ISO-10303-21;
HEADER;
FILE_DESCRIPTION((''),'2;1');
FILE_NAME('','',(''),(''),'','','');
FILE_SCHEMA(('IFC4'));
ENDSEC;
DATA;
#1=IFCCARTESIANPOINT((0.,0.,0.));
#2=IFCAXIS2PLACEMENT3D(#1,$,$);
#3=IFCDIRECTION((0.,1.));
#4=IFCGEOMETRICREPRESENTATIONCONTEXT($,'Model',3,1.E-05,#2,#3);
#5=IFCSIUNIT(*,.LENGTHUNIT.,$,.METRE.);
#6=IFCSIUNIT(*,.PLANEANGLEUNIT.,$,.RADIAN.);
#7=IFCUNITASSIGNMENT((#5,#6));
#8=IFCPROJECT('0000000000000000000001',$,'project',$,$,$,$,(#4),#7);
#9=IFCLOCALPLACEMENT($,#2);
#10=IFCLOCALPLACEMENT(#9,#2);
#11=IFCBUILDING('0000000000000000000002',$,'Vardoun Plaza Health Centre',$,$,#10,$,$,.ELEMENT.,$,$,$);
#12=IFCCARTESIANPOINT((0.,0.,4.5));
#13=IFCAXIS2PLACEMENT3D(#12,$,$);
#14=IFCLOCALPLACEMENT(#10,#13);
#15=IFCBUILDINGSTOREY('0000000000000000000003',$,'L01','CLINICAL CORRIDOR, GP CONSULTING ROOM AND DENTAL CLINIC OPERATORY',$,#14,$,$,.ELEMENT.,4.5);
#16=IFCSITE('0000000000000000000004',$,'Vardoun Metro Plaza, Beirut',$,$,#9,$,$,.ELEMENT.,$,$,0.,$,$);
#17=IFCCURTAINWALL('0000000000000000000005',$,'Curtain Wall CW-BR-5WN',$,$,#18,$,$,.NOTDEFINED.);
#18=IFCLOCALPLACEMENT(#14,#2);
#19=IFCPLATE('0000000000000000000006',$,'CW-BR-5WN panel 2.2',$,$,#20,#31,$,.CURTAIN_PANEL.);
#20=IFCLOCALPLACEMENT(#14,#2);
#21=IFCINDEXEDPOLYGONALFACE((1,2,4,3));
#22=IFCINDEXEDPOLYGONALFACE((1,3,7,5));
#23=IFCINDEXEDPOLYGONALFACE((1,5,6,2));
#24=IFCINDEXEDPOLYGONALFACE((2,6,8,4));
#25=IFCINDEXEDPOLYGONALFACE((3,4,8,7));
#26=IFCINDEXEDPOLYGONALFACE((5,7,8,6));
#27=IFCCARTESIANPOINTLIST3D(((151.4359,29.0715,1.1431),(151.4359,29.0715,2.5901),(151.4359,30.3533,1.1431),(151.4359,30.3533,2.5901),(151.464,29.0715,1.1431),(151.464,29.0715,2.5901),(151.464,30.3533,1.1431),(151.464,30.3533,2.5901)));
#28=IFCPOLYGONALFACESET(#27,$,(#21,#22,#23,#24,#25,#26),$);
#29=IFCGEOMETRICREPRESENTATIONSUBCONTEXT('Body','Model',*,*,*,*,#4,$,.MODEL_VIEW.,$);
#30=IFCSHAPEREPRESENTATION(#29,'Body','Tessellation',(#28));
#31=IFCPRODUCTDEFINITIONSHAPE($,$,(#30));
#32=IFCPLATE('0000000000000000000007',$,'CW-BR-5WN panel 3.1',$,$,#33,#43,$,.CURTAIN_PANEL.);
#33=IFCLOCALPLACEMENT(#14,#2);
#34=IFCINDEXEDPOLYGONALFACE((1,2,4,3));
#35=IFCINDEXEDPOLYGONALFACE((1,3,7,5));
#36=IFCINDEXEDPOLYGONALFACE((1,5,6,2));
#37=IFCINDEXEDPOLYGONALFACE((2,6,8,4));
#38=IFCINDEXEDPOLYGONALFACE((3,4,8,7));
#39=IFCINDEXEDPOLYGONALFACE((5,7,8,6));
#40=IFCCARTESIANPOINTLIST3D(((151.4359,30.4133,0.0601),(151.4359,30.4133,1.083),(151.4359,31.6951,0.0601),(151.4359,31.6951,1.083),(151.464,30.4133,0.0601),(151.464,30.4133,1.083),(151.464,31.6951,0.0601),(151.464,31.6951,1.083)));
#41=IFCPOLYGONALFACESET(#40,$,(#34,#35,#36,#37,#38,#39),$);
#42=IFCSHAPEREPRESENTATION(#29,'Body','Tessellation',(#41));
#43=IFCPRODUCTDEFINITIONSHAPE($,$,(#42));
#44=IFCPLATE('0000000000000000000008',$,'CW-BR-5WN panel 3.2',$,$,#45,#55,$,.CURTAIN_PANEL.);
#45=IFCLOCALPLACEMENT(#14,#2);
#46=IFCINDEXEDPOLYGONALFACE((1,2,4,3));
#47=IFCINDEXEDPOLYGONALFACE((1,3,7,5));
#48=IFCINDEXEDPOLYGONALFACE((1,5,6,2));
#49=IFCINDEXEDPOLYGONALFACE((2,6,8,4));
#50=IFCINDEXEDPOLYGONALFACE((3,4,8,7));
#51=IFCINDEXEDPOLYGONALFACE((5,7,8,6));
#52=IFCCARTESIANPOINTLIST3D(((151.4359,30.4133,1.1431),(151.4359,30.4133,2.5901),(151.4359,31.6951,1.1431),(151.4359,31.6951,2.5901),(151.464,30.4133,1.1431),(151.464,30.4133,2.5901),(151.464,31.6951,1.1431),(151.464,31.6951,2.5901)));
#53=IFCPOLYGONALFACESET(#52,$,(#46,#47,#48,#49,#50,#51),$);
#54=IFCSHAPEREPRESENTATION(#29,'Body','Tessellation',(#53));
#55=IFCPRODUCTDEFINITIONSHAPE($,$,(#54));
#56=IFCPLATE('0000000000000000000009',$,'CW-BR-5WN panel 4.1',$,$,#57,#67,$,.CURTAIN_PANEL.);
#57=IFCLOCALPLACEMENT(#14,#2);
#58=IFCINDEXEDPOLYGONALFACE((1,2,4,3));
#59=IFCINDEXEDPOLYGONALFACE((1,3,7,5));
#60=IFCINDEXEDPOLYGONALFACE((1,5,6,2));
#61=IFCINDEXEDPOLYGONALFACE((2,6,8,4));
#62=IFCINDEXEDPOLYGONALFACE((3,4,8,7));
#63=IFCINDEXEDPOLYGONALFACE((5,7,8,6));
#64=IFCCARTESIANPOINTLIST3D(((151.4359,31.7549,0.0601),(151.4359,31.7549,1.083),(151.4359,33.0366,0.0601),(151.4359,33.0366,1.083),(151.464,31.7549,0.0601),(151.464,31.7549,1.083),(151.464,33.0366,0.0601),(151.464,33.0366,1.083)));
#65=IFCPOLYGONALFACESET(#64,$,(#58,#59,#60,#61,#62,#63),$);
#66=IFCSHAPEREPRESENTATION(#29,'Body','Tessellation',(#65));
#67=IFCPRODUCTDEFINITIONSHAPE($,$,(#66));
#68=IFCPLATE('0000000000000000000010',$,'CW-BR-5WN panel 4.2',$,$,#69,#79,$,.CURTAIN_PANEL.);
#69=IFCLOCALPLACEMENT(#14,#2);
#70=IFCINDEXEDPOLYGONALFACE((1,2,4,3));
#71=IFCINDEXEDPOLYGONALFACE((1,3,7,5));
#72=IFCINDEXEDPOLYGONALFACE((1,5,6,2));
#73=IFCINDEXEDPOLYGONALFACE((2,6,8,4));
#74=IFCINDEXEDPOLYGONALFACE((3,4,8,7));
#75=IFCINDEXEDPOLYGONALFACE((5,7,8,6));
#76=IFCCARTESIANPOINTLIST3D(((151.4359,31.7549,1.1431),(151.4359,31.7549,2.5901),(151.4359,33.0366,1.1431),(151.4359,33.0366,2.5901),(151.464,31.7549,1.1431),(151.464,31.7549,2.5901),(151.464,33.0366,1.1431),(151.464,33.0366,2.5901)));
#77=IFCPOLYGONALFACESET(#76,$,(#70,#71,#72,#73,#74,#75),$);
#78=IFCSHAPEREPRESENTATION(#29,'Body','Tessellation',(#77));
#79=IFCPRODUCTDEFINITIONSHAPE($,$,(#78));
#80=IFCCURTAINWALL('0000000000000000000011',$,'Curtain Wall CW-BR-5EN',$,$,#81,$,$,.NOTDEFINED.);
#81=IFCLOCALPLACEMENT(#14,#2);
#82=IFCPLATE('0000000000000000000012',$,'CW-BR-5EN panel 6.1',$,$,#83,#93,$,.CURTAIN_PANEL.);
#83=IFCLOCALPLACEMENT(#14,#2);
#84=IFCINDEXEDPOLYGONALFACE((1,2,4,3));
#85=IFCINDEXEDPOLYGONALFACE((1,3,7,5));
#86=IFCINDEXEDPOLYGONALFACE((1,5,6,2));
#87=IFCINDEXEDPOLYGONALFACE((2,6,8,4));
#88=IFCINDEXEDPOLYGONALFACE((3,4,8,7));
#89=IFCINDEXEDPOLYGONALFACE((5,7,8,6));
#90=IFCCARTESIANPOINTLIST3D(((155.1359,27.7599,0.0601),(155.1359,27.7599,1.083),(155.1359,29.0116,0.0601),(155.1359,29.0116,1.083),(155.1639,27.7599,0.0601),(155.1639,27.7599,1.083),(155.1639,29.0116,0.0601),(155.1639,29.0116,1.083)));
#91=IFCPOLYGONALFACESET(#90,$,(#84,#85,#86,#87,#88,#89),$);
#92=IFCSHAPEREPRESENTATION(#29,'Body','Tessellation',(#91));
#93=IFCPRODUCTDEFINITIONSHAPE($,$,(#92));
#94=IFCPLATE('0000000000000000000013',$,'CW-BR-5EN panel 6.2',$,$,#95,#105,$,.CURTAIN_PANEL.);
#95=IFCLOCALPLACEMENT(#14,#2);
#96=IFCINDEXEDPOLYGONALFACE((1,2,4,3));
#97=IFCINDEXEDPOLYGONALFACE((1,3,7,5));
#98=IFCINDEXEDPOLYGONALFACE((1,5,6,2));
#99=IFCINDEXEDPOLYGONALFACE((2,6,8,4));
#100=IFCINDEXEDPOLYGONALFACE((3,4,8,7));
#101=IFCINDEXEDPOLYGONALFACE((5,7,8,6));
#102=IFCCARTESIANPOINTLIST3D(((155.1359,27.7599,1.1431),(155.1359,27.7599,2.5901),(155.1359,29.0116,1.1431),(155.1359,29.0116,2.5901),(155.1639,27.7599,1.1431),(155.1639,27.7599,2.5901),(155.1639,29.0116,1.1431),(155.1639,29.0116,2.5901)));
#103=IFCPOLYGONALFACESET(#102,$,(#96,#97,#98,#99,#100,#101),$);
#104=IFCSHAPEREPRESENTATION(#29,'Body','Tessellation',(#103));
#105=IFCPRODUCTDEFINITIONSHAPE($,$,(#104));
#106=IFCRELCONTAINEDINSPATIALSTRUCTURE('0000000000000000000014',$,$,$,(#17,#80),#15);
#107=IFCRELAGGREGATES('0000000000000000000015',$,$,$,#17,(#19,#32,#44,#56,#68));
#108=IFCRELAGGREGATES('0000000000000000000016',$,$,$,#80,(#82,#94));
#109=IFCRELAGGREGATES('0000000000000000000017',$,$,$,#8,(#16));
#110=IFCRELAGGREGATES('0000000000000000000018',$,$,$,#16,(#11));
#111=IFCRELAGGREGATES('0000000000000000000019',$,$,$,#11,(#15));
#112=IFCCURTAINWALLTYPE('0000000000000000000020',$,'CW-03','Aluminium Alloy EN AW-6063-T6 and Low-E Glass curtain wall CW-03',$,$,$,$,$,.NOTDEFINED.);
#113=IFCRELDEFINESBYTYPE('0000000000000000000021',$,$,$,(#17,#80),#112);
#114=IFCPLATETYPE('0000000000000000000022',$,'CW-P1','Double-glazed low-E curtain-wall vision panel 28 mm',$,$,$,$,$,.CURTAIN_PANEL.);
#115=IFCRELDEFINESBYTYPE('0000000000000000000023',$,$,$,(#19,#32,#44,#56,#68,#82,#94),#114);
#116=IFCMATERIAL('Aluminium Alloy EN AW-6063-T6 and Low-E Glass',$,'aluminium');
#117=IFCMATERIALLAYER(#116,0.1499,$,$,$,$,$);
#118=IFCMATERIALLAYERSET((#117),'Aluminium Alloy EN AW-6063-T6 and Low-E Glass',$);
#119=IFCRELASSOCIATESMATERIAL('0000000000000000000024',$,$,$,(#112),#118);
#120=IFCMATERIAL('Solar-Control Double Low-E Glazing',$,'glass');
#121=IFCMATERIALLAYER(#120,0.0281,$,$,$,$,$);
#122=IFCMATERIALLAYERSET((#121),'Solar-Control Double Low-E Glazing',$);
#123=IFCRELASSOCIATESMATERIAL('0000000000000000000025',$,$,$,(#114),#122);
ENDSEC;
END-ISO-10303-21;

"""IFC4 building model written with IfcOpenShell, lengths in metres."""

from ifc_helpers import new_model, si_unit, direction, frame, origin, origin_2d, place, context, subcontext, project, spatial, rectangle, extrude, material, layer, layer_set, type_object, element, aggregate, save


model = new_model("IFC4")

# Units and contexts
model_context = context("Model", 3, precision=1e-05, world=origin(), true_north=direction((0.0, 1.0)))
body_context = subcontext(model_context, "Body", "Model", "MODEL_VIEW")
ifc_project = project(units=[si_unit("LENGTHUNIT", "METRE"), si_unit("PLANEANGLEUNIT", "RADIAN")], contexts=[model_context])

# Site, building, storey
site_placement = place(None, origin())
site = spatial("IfcSite", under=ifc_project, at=site_placement, Name="Vardoun Metro Plaza, Beirut", CompositionType="ELEMENT", RefElevation=0.0)
building_placement = place(site_placement, origin())
building = spatial("IfcBuilding", under=site, at=building_placement, Name="Vardoun Plaza Health Centre", CompositionType="ELEMENT")
storey_placement = place(building_placement, frame((0.0, 0.0, 4.5)))
storey = spatial("IfcBuildingStorey", under=building, at=storey_placement, Name="L01", Description="CLINICAL CORRIDOR, GP CONSULTING ROOM AND DENTAL CLINIC OPERATORY", CompositionType="ELEMENT", Elevation=4.5)

# Curtain wall, plates
ifc_material_1 = material(Name="Aluminium Alloy EN AW-6063-T6 and Low-E Glass", Category="aluminium")
ifc_layer_1 = layer(ifc_material_1, 0.1499)
ifc_layer_set_1 = layer_set([ifc_layer_1], Name="Aluminium Alloy EN AW-6063-T6 and Low-E Glass")
curtain_wall_type = type_object("IfcCurtainWallType", Name="CW-03", Description="Aluminium Alloy EN AW-6063-T6 and Low-E Glass curtain wall CW-03", PredefinedType="NOTDEFINED", material=ifc_layer_set_1)
curtain_wall_1_placement = place(storey_placement, origin())
curtain_wall_1 = element("IfcCurtainWall", 1, at=curtain_wall_1_placement, inside=storey, type_object=curtain_wall_type, Name="Curtain Wall CW-BR-5WN", PredefinedType="NOTDEFINED")
ifc_material_2 = material(Name="Solar-Control Double Low-E Glazing", Category="glass")
ifc_layer_2 = layer(ifc_material_2, 0.0281)
ifc_layer_set_2 = layer_set([ifc_layer_2], Name="Solar-Control Double Low-E Glazing")
plate_type = type_object("IfcPlateType", Name="CW-P1", Description="Double-glazed low-E curtain-wall vision panel 28 mm", PredefinedType="CURTAIN_PANEL", material=ifc_layer_set_2)
plate_1_placement = place(storey_placement, frame((151.45, 29.7124, 1.1431), z_axis=(0.0, 0.0, 1.0), x_axis=(0.0, 1.0, 0.0)))
plate_1 = element("IfcPlate", 2, at=plate_1_placement, type_object=plate_type, Name="CW-BR-5WN panel 2.2", PredefinedType="CURTAIN_PANEL", context=body_context, shape_type="SweptSolid", body=[
    extrude(rectangle(XDim=1.2817, YDim=0.0281, at=origin_2d()), origin(), (0.0, 0.0, 1.0), 1.447),
])
plate_2_placement = place(storey_placement, frame((151.45, 31.0542, 0.0601), z_axis=(0.0, 0.0, 1.0), x_axis=(0.0, 1.0, 0.0)))
plate_2 = element("IfcPlate", 3, at=plate_2_placement, type_object=plate_type, Name="CW-BR-5WN panel 3.1", PredefinedType="CURTAIN_PANEL", context=body_context, shape_type="SweptSolid", body=[
    extrude(rectangle(XDim=1.2817, YDim=0.0281, at=origin_2d()), origin(), (0.0, 0.0, 1.0), 1.0229),
])
plate_3_placement = place(storey_placement, frame((151.45, 31.0542, 1.1431), z_axis=(0.0, 0.0, 1.0), x_axis=(0.0, 1.0, 0.0)))
plate_3 = element("IfcPlate", 4, at=plate_3_placement, type_object=plate_type, Name="CW-BR-5WN panel 3.2", PredefinedType="CURTAIN_PANEL", context=body_context, shape_type="SweptSolid", body=[
    extrude(rectangle(XDim=1.2817, YDim=0.0281, at=origin_2d()), origin(), (0.0, 0.0, 1.0), 1.447),
])
plate_4_placement = place(storey_placement, frame((151.45, 32.3958, 0.0601), z_axis=(0.0, 0.0, 1.0), x_axis=(0.0, 1.0, 0.0)))
plate_4 = element("IfcPlate", 5, at=plate_4_placement, type_object=plate_type, Name="CW-BR-5WN panel 4.1", PredefinedType="CURTAIN_PANEL", context=body_context, shape_type="SweptSolid", body=[
    extrude(rectangle(XDim=1.2817, YDim=0.0281, at=origin_2d()), origin(), (0.0, 0.0, 1.0), 1.0229),
])
plate_5_placement = place(storey_placement, frame((151.45, 32.3958, 1.1431), z_axis=(0.0, 0.0, 1.0), x_axis=(0.0, 1.0, 0.0)))
plate_5 = element("IfcPlate", 6, at=plate_5_placement, type_object=plate_type, Name="CW-BR-5WN panel 4.2", PredefinedType="CURTAIN_PANEL", context=body_context, shape_type="SweptSolid", body=[
    extrude(rectangle(XDim=1.2817, YDim=0.0281, at=origin_2d()), origin(), (0.0, 0.0, 1.0), 1.447),
])
aggregate(curtain_wall_1, [plate_1, plate_2, plate_3, plate_4, plate_5])

# Curtain wall, plates
curtain_wall_2_placement = place(storey_placement, origin())
curtain_wall_2 = element("IfcCurtainWall", 7, at=curtain_wall_2_placement, inside=storey, type_object=curtain_wall_type, Name="Curtain Wall CW-BR-5EN", PredefinedType="NOTDEFINED")
plate_6_placement = place(storey_placement, frame((155.1499, 28.3857, 0.0601), z_axis=(0.0, 0.0, 1.0), x_axis=(0.0, -1.0, 0.0)))
plate_6 = element("IfcPlate", 8, at=plate_6_placement, type_object=plate_type, Name="CW-BR-5EN panel 6.1", PredefinedType="CURTAIN_PANEL", context=body_context, shape_type="SweptSolid", body=[
    extrude(rectangle(XDim=1.2517, YDim=0.0281, at=origin_2d()), origin(), (0.0, 0.0, 1.0), 1.0229),
])
plate_7_placement = place(storey_placement, frame((155.1499, 28.3857, 1.1431), z_axis=(0.0, 0.0, 1.0), x_axis=(0.0, -1.0, 0.0)))
plate_7 = element("IfcPlate", 9, at=plate_7_placement, type_object=plate_type, Name="CW-BR-5EN panel 6.2", PredefinedType="CURTAIN_PANEL", context=body_context, shape_type="SweptSolid", body=[
    extrude(rectangle(XDim=1.2517, YDim=0.0281, at=origin_2d()), origin(), (0.0, 0.0, 1.0), 1.447),
])
aggregate(curtain_wall_2, [plate_6, plate_7])

save(model, "model.ifc")
